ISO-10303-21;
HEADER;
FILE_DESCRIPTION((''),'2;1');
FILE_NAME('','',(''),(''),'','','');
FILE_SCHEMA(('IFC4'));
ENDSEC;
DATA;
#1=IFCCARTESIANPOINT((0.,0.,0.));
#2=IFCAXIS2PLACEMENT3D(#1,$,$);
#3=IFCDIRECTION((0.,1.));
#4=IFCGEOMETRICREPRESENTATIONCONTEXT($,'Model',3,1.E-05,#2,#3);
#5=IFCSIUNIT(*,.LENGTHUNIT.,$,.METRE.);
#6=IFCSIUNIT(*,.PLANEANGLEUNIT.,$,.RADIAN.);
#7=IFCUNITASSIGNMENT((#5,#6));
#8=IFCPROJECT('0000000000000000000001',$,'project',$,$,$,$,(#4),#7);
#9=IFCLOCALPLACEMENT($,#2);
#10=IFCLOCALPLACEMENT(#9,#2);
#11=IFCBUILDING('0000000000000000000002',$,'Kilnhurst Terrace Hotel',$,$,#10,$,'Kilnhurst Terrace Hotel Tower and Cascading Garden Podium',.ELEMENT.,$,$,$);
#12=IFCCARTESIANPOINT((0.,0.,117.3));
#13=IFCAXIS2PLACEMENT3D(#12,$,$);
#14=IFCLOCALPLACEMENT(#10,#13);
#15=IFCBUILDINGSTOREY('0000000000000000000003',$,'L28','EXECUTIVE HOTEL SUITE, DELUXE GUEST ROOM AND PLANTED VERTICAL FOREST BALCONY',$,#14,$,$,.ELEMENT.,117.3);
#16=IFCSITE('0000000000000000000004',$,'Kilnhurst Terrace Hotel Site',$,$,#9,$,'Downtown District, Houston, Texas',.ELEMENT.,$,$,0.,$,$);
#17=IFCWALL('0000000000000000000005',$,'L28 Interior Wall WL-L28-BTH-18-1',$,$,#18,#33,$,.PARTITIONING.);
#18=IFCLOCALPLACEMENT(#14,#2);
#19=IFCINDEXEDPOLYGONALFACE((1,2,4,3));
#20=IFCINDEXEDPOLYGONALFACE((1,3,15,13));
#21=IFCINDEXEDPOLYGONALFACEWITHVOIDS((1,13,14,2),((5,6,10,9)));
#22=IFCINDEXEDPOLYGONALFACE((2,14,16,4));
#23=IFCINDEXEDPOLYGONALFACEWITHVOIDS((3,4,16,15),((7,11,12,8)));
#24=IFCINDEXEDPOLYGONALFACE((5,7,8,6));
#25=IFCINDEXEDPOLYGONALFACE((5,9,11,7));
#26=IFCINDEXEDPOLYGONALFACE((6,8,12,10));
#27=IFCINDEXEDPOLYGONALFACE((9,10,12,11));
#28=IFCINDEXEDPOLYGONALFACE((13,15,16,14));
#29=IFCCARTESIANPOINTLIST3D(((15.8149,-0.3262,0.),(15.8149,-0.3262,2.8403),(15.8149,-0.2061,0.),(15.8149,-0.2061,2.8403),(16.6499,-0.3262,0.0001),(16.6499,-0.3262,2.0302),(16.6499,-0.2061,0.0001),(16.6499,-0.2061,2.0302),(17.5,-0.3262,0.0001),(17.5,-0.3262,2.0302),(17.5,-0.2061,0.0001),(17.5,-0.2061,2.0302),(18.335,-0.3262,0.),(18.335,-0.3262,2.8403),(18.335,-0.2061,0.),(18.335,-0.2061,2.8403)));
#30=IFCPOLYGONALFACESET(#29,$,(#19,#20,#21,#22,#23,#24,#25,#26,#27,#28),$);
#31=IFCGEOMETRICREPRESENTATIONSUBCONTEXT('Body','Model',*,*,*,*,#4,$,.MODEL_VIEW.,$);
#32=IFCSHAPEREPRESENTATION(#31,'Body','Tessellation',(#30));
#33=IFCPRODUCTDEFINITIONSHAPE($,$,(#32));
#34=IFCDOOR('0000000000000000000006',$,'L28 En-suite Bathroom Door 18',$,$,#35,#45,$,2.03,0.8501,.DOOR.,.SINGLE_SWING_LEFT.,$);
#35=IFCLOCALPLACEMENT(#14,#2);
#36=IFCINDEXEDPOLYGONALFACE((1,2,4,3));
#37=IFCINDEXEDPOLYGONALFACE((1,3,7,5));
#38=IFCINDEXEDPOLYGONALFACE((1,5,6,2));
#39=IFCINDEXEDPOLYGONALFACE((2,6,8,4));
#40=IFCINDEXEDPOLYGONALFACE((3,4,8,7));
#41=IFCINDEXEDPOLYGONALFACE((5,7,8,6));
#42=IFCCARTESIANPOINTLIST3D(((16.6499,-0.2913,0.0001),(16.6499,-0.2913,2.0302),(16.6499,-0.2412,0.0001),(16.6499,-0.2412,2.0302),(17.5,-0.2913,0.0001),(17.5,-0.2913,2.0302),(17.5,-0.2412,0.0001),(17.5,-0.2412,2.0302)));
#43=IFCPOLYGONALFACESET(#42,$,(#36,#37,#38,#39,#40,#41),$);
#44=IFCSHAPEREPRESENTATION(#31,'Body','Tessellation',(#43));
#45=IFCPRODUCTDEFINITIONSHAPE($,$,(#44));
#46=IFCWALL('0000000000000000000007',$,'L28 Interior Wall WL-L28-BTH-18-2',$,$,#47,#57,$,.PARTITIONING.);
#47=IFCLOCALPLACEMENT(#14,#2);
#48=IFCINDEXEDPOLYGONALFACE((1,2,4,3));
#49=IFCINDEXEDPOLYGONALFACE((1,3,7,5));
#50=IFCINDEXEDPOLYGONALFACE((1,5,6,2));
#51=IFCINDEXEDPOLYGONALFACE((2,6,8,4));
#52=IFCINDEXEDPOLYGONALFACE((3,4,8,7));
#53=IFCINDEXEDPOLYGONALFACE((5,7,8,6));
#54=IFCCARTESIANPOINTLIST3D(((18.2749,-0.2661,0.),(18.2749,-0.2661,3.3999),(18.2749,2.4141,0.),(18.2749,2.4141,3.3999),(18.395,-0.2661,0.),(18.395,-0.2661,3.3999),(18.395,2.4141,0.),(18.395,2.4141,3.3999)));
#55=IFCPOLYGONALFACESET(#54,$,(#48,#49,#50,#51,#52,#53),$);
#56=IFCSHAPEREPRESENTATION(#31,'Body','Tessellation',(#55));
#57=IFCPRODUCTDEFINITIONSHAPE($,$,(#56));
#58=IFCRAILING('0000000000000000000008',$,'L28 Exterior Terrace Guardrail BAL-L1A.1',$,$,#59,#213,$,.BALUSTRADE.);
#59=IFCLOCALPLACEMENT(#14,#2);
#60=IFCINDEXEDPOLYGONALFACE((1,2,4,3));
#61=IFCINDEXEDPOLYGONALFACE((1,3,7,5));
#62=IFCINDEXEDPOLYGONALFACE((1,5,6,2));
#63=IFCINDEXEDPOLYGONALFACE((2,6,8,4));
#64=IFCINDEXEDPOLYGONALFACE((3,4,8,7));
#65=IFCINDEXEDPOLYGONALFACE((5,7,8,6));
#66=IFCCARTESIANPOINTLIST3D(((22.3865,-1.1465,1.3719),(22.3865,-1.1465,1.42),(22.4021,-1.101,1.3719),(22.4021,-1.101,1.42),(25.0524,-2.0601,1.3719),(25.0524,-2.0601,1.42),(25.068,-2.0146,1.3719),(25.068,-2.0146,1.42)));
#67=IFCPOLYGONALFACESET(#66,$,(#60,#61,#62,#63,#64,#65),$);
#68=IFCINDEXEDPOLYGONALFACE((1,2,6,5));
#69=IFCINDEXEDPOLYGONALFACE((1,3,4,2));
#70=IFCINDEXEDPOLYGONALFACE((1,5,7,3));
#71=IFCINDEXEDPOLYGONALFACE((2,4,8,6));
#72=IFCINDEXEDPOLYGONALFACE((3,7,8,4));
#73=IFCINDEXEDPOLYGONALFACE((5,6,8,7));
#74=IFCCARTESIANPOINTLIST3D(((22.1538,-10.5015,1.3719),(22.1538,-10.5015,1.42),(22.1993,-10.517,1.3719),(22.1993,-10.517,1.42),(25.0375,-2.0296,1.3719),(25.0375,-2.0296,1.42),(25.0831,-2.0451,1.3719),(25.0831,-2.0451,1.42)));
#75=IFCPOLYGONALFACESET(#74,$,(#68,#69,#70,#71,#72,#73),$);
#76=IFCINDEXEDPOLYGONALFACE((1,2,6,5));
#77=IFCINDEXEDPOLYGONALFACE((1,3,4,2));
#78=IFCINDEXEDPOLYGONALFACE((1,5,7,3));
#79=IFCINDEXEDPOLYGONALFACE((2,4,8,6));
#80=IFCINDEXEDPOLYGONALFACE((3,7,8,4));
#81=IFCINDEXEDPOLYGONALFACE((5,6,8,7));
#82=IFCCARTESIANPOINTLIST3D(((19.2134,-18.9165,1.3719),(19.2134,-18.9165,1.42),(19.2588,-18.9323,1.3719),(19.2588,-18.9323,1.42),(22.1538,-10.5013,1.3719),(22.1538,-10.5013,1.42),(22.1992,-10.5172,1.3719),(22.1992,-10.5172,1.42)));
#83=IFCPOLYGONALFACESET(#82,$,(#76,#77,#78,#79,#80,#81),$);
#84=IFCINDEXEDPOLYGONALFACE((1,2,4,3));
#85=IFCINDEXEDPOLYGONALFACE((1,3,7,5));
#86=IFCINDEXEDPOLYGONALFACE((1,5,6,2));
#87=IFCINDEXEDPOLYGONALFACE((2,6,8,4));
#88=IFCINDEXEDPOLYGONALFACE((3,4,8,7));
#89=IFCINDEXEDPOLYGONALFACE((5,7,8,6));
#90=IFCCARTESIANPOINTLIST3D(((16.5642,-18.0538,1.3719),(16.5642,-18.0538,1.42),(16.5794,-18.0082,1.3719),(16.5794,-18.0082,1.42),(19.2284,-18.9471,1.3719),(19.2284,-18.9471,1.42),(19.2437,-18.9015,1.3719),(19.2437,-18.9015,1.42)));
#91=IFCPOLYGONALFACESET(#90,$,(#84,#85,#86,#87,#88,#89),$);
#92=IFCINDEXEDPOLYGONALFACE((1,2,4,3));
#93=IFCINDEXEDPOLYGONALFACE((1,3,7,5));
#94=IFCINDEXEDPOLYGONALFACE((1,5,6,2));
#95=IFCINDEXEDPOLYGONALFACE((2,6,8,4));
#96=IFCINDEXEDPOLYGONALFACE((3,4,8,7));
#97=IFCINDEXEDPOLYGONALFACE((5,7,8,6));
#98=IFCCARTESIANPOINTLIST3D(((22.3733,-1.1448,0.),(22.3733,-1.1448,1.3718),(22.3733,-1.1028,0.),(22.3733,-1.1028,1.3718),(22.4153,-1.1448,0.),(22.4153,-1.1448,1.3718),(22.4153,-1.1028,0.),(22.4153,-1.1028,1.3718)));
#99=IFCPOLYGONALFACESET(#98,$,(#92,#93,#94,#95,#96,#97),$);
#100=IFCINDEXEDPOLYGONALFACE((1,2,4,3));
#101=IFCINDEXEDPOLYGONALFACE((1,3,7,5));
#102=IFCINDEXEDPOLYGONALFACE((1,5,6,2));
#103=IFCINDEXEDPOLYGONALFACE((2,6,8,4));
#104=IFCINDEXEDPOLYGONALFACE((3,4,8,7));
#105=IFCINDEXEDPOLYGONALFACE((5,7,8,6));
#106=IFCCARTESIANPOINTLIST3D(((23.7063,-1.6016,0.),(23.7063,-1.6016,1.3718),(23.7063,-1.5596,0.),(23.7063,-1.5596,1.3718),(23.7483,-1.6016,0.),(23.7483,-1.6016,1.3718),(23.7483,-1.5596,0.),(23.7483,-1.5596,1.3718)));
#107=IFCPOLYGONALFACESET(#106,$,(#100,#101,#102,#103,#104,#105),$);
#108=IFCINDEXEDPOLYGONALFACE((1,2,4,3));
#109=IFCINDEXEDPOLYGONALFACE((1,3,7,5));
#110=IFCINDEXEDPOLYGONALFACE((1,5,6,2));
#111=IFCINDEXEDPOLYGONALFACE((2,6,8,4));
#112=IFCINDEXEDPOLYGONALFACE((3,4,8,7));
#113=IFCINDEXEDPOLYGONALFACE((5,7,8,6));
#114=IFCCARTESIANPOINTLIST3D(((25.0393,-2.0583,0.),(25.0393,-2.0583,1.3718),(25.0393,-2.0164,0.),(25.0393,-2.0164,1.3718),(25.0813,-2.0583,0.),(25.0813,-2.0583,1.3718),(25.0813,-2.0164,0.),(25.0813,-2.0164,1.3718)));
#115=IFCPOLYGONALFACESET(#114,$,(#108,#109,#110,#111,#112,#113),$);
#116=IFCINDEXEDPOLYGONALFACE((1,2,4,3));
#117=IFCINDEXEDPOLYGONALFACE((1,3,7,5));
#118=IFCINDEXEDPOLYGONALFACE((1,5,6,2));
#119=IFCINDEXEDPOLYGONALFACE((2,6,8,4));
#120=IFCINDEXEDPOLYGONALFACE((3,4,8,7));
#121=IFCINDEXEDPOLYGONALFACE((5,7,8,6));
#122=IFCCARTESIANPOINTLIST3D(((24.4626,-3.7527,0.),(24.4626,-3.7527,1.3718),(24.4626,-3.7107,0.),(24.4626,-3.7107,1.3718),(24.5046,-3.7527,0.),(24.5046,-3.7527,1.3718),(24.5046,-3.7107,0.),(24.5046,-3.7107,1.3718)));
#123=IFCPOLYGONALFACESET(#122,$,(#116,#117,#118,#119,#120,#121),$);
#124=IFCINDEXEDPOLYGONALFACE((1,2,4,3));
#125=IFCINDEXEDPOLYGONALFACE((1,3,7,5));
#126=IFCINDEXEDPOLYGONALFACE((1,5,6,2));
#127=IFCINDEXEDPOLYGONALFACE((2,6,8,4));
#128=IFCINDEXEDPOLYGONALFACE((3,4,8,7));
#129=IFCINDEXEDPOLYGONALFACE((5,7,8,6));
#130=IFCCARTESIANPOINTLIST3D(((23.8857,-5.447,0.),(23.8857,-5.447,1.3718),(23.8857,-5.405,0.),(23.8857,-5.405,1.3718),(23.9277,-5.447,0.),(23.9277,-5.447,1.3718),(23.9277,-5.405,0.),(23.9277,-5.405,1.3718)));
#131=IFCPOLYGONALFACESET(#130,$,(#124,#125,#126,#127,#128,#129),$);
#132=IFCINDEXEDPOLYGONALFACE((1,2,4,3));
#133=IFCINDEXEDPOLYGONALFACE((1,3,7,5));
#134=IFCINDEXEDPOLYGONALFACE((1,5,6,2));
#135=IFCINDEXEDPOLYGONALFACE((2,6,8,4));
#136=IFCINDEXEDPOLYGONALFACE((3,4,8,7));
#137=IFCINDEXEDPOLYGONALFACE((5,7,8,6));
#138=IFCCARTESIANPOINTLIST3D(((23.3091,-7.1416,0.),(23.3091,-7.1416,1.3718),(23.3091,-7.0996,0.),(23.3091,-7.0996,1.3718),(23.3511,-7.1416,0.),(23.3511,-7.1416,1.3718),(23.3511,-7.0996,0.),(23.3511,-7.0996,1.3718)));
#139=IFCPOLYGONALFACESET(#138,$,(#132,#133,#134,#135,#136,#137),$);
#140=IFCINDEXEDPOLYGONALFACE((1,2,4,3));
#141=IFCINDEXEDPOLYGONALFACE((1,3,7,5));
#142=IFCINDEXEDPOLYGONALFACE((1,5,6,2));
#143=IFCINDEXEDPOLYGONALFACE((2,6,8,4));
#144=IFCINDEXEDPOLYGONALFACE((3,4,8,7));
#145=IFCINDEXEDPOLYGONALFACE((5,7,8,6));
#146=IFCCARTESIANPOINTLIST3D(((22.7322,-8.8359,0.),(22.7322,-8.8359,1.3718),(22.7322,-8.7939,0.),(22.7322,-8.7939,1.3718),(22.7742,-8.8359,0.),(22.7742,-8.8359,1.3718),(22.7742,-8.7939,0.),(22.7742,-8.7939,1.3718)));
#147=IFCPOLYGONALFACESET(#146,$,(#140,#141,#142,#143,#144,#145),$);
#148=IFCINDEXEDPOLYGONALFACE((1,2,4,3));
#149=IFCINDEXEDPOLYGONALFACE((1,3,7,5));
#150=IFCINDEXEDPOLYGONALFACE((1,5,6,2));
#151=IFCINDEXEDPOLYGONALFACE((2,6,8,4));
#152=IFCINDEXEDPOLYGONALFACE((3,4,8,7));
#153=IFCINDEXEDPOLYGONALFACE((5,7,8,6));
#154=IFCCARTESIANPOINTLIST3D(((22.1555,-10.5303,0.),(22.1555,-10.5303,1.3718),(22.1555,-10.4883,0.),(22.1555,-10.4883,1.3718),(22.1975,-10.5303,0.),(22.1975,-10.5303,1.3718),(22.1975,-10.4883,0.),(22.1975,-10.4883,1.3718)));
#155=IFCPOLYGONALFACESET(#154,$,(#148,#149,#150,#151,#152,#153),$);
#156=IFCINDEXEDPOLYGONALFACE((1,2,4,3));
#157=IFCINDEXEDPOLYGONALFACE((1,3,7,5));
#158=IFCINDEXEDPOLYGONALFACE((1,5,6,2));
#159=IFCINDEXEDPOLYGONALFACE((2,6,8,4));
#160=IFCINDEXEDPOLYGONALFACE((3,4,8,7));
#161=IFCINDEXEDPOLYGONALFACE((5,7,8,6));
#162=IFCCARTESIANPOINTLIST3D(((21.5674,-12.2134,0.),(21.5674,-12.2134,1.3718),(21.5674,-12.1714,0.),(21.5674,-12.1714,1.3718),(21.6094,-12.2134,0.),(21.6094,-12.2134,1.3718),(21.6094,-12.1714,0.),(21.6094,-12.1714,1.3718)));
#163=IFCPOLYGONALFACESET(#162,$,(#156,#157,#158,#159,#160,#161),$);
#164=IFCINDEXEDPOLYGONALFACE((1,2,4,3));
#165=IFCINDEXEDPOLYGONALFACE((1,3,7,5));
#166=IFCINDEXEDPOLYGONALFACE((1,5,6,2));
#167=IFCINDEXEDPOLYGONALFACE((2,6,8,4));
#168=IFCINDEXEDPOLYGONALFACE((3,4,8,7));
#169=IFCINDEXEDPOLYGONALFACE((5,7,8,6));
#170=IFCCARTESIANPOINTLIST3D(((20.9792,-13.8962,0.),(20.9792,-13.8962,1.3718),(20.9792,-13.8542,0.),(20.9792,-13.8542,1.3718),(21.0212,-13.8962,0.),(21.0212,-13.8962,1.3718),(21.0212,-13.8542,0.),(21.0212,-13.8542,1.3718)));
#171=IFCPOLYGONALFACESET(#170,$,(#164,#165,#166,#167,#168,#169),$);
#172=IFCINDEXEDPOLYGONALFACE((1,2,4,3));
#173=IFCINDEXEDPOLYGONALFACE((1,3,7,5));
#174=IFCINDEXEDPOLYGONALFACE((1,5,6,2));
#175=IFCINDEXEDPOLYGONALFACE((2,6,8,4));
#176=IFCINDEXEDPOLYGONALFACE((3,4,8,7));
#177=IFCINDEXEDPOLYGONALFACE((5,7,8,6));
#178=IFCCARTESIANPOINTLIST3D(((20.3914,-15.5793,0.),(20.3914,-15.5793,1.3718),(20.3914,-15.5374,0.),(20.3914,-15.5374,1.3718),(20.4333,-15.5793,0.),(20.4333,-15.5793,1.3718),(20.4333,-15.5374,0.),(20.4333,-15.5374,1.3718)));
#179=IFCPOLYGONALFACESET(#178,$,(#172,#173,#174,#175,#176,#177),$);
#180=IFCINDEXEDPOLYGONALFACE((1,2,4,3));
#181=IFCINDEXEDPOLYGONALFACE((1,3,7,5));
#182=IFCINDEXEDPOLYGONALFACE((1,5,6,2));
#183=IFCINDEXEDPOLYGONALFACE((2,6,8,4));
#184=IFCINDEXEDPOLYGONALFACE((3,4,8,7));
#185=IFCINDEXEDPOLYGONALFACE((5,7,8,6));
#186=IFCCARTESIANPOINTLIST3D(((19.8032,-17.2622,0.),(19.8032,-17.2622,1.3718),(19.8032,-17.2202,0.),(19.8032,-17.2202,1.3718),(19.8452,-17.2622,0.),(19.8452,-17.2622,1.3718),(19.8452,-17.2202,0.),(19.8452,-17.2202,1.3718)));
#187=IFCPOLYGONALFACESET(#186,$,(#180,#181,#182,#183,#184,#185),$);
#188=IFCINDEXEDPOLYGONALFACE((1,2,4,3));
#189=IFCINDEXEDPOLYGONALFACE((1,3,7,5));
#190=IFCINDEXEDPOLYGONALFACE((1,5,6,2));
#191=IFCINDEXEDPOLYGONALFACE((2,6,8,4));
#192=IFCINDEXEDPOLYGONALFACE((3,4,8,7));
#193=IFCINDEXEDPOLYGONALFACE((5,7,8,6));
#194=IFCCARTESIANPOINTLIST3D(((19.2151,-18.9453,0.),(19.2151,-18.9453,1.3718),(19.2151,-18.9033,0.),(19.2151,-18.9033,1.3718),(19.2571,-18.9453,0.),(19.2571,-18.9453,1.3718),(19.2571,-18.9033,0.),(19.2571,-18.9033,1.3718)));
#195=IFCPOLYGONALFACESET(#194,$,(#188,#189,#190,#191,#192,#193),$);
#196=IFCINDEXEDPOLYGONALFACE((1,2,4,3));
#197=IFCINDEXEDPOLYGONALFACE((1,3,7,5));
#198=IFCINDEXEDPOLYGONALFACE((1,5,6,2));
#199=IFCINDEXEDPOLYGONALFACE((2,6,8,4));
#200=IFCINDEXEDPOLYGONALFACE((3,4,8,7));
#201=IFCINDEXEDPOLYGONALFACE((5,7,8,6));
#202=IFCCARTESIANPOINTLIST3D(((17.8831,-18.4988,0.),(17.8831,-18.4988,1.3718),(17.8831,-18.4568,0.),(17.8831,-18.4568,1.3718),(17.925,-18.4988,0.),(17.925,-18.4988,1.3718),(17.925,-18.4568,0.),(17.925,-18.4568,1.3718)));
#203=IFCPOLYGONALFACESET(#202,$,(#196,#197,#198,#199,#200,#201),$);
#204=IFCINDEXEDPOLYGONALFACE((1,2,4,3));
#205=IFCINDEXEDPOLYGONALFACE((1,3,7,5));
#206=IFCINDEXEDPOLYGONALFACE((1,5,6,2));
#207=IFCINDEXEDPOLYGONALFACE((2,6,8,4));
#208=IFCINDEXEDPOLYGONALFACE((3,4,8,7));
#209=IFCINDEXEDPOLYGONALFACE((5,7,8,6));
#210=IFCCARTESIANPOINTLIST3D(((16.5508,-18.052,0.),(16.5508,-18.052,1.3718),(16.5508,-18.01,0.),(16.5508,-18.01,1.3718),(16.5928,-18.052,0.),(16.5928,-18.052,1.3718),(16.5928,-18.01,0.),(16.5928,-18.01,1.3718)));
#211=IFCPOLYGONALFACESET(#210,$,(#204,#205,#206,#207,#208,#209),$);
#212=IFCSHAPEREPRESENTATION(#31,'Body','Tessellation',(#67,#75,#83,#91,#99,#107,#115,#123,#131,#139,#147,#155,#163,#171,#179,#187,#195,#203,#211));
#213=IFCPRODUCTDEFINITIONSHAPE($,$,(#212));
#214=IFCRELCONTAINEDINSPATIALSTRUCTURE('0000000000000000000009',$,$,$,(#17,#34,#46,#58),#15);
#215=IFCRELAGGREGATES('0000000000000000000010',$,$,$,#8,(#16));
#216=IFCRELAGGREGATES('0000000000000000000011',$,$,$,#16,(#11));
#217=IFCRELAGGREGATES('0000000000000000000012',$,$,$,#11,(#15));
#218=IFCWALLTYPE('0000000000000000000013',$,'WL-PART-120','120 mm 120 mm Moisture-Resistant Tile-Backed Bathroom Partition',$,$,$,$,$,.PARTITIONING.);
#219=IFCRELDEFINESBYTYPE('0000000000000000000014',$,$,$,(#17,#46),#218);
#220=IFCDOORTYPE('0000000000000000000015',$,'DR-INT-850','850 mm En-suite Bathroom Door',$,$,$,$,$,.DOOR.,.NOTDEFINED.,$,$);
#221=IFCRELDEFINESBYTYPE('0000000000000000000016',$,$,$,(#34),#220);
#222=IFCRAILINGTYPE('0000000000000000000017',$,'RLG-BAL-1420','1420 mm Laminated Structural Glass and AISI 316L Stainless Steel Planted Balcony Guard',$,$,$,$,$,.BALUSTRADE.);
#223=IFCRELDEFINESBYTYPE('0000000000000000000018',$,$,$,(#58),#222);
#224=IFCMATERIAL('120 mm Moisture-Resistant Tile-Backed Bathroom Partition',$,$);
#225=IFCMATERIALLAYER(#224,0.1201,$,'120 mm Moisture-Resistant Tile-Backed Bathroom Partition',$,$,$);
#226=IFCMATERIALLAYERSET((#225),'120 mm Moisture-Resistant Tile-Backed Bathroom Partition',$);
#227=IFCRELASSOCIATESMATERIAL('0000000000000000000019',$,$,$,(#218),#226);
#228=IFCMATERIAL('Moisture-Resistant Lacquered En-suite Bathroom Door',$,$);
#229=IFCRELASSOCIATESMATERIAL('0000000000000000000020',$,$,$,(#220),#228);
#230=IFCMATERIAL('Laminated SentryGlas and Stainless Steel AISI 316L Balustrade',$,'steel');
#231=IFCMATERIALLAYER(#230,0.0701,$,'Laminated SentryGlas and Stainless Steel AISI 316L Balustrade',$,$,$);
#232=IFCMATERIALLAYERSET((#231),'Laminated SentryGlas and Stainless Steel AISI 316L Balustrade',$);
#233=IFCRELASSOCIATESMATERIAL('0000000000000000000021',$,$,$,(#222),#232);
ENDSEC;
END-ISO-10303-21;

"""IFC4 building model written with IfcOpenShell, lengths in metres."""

from ifc_helpers import new_model, si_unit, direction, frame, frame_2d, origin, origin_2d, place, context, subcontext, project, spatial, rectangle, extrude, material, layer, layer_set, type_object, element, fill, save


model = new_model("IFC4")

# Units and contexts
model_context = context("Model", 3, precision=1e-05, world=origin(), true_north=direction((0.0, 1.0)))
body_context = subcontext(model_context, "Body", "Model", "MODEL_VIEW")
ifc_project = project(units=[si_unit("LENGTHUNIT", "METRE"), si_unit("PLANEANGLEUNIT", "RADIAN")], contexts=[model_context])

# Site, building, storey
site_placement = place(None, origin())
site = spatial("IfcSite", under=ifc_project, at=site_placement, Name="Kilnhurst Terrace Hotel Site", LongName="Downtown District, Houston, Texas", CompositionType="ELEMENT", RefElevation=0.0)
building_placement = place(site_placement, origin())
building = spatial("IfcBuilding", under=site, at=building_placement, Name="Kilnhurst Terrace Hotel", LongName="Kilnhurst Terrace Hotel Tower and Cascading Garden Podium", CompositionType="ELEMENT")
storey_placement = place(building_placement, frame((0.0, 0.0, 117.3)))
storey = spatial("IfcBuildingStorey", under=building, at=storey_placement, Name="L28", Description="EXECUTIVE HOTEL SUITE, DELUXE GUEST ROOM AND PLANTED VERTICAL FOREST BALCONY", CompositionType="ELEMENT", Elevation=117.3)

# Shared definitions
ifc_material_1 = material(Name="120 mm Moisture-Resistant Tile-Backed Bathroom Partition")
ifc_layer_1 = layer(ifc_material_1, 0.1201, Name="120 mm Moisture-Resistant Tile-Backed Bathroom Partition")
ifc_layer_set_1 = layer_set([ifc_layer_1], Name="120 mm Moisture-Resistant Tile-Backed Bathroom Partition")
wall_type_1 = type_object("IfcWallType", Name="WL-PART-120", Description="120 mm 120 mm Moisture-Resistant Tile-Backed Bathroom Partition", PredefinedType="PARTITIONING", material=ifc_layer_set_1)

# Wall, opening, door
wall_1_placement = place(storey_placement, frame((15.8149, -0.2661, 0.0), z_axis=(0.0, 0.0, 1.0), x_axis=(1.0, 0.0, 0.0)))
wall_1 = element("IfcWall", 1, at=wall_1_placement, inside=storey, type_object=wall_type_1, Name="L28 Interior Wall WL-L28-BTH-18-1", PredefinedType="PARTITIONING", context=body_context, shape_type="SweptSolid", body=[
    extrude(rectangle(XDim=2.52, YDim=0.1201, at=frame_2d((1.26, 0.0))), origin(), (0.0, 0.0, 1.0), 2.8403),
])
opening_1_placement = place(wall_1_placement, frame((0.835, 0.0, 0.0)))
opening_1 = element("IfcOpeningElement", 2, at=opening_1_placement, cuts=wall_1, PredefinedType="OPENING", context=body_context, shape_type="SweptSolid", body=[
    extrude(rectangle(XDim=0.8501, YDim=2.03, at=frame_2d((0.425, 1.0151))), frame((0.0, 0.0701, 0.0), z_axis=(0.0, -1.0, 0.0), x_axis=(1.0, 0.0, 0.0)), (0.0, 0.0, 1.0), 0.1401),
])
ifc_material_2 = material(Name="Moisture-Resistant Lacquered En-suite Bathroom Door")
door_type_1 = type_object("IfcDoorType", Name="DR-INT-850", Description="850 mm En-suite Bathroom Door", OperationType="NOTDEFINED", PredefinedType="DOOR", material=ifc_material_2)
door_1_placement = place(opening_1_placement, origin())
door_1 = element("IfcDoor", 3, at=door_1_placement, inside=storey, type_object=door_type_1, Name="L28 En-suite Bathroom Door 18", OperationType="SINGLE_SWING_LEFT", OverallHeight=2.03, OverallWidth=0.8501, PredefinedType="DOOR", context=body_context, shape_type="SweptSolid", body=[
    extrude(rectangle(XDim=0.8501, YDim=2.03, at=frame_2d((0.425, 1.0151))), frame((0.0, 0.0249, 0.0), z_axis=(0.0, -1.0, 0.0), x_axis=(1.0, 0.0, 0.0)), (0.0, 0.0, 1.0), 0.05),
])
fill(opening_1, door_1)

# Wall
wall_2_placement = place(storey_placement, frame((18.335, -0.2661, 0.0), z_axis=(0.0, 0.0, 1.0), x_axis=(0.0, 1.0, 0.0)))
element("IfcWall", 4, at=wall_2_placement, inside=storey, type_object=wall_type_1, Name="L28 Interior Wall WL-L28-BTH-18-2", PredefinedType="PARTITIONING", context=body_context, shape_type="SweptSolid", body=[
    extrude(rectangle(XDim=2.6802, YDim=0.1201, at=frame_2d((1.3401, 0.0))), origin(), (0.0, 0.0, 1.0), 3.3999),
])

# Railing
ifc_material_3 = material(Name="Laminated SentryGlas and Stainless Steel AISI 316L Balustrade", Category="steel")
ifc_layer_2 = layer(ifc_material_3, 0.0701, Name="Laminated SentryGlas and Stainless Steel AISI 316L Balustrade")
ifc_layer_set_2 = layer_set([ifc_layer_2], Name="Laminated SentryGlas and Stainless Steel AISI 316L Balustrade")
railing_type = type_object("IfcRailingType", Name="RLG-BAL-1420", Description="1420 mm Laminated Structural Glass and AISI 316L Stainless Steel Planted Balcony Guard", PredefinedType="BALUSTRADE", material=ifc_layer_set_2)
railing_placement = place(storey_placement, frame((22.3943, -1.1238, 0.0)))
element("IfcRailing", 5, at=railing_placement, inside=storey, type_object=railing_type, Name="L28 Exterior Terrace Guardrail BAL-L1A.1", PredefinedType="BALUSTRADE", context=body_context, shape_type="SweptSolid", body=[
    extrude(rectangle(XDim=0.0481, YDim=0.0481, at=origin_2d()), frame((0.0, 0.0, 1.396), z_axis=(0.945999, -0.324169, 0.0), x_axis=(0.324169, 0.945999, 0.0)), (0.0, 0.0, 1.0), 2.8181),
    extrude(rectangle(XDim=0.0481, YDim=0.0481, at=origin_2d()), frame((2.666, -0.9136, 1.396), z_axis=(-0.322237, -0.946659, 0.0), x_axis=(0.946659, -0.322237, 0.0)), (0.0, 0.0, 1.0), 8.9492),
    extrude(rectangle(XDim=0.0481, YDim=0.0481, at=origin_2d()), frame((-0.2178, -9.3855, 1.396), z_axis=(-0.329867, -0.944027, 0.0), x_axis=(0.944027, -0.329867, 0.0)), (0.0, 0.0, 1.0), 8.9141),
    extrude(rectangle(XDim=0.0481, YDim=0.0481, at=origin_2d()), frame((-3.1582, -17.8005, 1.396), z_axis=(-0.948126, 0.317895, 0.0), x_axis=(-0.317895, -0.948126, 0.0)), (0.0, 0.0, 1.0), 2.8101),
    extrude(rectangle(XDim=0.042, YDim=0.042, at=origin_2d()), origin(), (0.0, 0.0, 1.0), 1.3718),
    extrude(rectangle(XDim=0.042, YDim=0.042, at=origin_2d()), frame((1.333, -0.4568, 0.0)), (0.0, 0.0, 1.0), 1.3718),
    extrude(rectangle(XDim=0.042, YDim=0.042, at=origin_2d()), frame((2.666, -0.9136, 0.0)), (0.0, 0.0, 1.0), 1.3718),
    extrude(rectangle(XDim=0.042, YDim=0.042, at=origin_2d()), frame((2.0894, -2.6079, 0.0)), (0.0, 0.0, 1.0), 1.3718),
    extrude(rectangle(XDim=0.042, YDim=0.042, at=origin_2d()), frame((1.5125, -4.3022, 0.0)), (0.0, 0.0, 1.0), 1.3718),
    extrude(rectangle(XDim=0.042, YDim=0.042, at=origin_2d()), frame((0.9358, -5.9968, 0.0)), (0.0, 0.0, 1.0), 1.3718),
    extrude(rectangle(XDim=0.042, YDim=0.042, at=origin_2d()), frame((0.3589, -7.6912, 0.0)), (0.0, 0.0, 1.0), 1.3718),
    extrude(rectangle(XDim=0.042, YDim=0.042, at=origin_2d()), frame((-0.2178, -9.3855, 0.0)), (0.0, 0.0, 1.0), 1.3718),
    extrude(rectangle(XDim=0.042, YDim=0.042, at=origin_2d()), frame((-0.8059, -11.0686, 0.0)), (0.0, 0.0, 1.0), 1.3718),
    extrude(rectangle(XDim=0.042, YDim=0.042, at=origin_2d()), frame((-1.394, -12.7515, 0.0)), (0.0, 0.0, 1.0), 1.3718),
    extrude(rectangle(XDim=0.042, YDim=0.042, at=origin_2d()), frame((-1.9819, -14.4346, 0.0)), (0.0, 0.0, 1.0), 1.3718),
    extrude(rectangle(XDim=0.042, YDim=0.042, at=origin_2d()), frame((-2.5701, -16.1174, 0.0)), (0.0, 0.0, 1.0), 1.3718),
    extrude(rectangle(XDim=0.042, YDim=0.042, at=origin_2d()), frame((-3.1582, -17.8005, 0.0)), (0.0, 0.0, 1.0), 1.3718),
    extrude(rectangle(XDim=0.042, YDim=0.042, at=origin_2d()), frame((-4.4902, -17.354, 0.0)), (0.0, 0.0, 1.0), 1.3718),
    extrude(rectangle(XDim=0.042, YDim=0.042, at=origin_2d()), frame((-5.8225, -16.9072, 0.0)), (0.0, 0.0, 1.0), 1.3718),
])

save(model, "model.ifc")
